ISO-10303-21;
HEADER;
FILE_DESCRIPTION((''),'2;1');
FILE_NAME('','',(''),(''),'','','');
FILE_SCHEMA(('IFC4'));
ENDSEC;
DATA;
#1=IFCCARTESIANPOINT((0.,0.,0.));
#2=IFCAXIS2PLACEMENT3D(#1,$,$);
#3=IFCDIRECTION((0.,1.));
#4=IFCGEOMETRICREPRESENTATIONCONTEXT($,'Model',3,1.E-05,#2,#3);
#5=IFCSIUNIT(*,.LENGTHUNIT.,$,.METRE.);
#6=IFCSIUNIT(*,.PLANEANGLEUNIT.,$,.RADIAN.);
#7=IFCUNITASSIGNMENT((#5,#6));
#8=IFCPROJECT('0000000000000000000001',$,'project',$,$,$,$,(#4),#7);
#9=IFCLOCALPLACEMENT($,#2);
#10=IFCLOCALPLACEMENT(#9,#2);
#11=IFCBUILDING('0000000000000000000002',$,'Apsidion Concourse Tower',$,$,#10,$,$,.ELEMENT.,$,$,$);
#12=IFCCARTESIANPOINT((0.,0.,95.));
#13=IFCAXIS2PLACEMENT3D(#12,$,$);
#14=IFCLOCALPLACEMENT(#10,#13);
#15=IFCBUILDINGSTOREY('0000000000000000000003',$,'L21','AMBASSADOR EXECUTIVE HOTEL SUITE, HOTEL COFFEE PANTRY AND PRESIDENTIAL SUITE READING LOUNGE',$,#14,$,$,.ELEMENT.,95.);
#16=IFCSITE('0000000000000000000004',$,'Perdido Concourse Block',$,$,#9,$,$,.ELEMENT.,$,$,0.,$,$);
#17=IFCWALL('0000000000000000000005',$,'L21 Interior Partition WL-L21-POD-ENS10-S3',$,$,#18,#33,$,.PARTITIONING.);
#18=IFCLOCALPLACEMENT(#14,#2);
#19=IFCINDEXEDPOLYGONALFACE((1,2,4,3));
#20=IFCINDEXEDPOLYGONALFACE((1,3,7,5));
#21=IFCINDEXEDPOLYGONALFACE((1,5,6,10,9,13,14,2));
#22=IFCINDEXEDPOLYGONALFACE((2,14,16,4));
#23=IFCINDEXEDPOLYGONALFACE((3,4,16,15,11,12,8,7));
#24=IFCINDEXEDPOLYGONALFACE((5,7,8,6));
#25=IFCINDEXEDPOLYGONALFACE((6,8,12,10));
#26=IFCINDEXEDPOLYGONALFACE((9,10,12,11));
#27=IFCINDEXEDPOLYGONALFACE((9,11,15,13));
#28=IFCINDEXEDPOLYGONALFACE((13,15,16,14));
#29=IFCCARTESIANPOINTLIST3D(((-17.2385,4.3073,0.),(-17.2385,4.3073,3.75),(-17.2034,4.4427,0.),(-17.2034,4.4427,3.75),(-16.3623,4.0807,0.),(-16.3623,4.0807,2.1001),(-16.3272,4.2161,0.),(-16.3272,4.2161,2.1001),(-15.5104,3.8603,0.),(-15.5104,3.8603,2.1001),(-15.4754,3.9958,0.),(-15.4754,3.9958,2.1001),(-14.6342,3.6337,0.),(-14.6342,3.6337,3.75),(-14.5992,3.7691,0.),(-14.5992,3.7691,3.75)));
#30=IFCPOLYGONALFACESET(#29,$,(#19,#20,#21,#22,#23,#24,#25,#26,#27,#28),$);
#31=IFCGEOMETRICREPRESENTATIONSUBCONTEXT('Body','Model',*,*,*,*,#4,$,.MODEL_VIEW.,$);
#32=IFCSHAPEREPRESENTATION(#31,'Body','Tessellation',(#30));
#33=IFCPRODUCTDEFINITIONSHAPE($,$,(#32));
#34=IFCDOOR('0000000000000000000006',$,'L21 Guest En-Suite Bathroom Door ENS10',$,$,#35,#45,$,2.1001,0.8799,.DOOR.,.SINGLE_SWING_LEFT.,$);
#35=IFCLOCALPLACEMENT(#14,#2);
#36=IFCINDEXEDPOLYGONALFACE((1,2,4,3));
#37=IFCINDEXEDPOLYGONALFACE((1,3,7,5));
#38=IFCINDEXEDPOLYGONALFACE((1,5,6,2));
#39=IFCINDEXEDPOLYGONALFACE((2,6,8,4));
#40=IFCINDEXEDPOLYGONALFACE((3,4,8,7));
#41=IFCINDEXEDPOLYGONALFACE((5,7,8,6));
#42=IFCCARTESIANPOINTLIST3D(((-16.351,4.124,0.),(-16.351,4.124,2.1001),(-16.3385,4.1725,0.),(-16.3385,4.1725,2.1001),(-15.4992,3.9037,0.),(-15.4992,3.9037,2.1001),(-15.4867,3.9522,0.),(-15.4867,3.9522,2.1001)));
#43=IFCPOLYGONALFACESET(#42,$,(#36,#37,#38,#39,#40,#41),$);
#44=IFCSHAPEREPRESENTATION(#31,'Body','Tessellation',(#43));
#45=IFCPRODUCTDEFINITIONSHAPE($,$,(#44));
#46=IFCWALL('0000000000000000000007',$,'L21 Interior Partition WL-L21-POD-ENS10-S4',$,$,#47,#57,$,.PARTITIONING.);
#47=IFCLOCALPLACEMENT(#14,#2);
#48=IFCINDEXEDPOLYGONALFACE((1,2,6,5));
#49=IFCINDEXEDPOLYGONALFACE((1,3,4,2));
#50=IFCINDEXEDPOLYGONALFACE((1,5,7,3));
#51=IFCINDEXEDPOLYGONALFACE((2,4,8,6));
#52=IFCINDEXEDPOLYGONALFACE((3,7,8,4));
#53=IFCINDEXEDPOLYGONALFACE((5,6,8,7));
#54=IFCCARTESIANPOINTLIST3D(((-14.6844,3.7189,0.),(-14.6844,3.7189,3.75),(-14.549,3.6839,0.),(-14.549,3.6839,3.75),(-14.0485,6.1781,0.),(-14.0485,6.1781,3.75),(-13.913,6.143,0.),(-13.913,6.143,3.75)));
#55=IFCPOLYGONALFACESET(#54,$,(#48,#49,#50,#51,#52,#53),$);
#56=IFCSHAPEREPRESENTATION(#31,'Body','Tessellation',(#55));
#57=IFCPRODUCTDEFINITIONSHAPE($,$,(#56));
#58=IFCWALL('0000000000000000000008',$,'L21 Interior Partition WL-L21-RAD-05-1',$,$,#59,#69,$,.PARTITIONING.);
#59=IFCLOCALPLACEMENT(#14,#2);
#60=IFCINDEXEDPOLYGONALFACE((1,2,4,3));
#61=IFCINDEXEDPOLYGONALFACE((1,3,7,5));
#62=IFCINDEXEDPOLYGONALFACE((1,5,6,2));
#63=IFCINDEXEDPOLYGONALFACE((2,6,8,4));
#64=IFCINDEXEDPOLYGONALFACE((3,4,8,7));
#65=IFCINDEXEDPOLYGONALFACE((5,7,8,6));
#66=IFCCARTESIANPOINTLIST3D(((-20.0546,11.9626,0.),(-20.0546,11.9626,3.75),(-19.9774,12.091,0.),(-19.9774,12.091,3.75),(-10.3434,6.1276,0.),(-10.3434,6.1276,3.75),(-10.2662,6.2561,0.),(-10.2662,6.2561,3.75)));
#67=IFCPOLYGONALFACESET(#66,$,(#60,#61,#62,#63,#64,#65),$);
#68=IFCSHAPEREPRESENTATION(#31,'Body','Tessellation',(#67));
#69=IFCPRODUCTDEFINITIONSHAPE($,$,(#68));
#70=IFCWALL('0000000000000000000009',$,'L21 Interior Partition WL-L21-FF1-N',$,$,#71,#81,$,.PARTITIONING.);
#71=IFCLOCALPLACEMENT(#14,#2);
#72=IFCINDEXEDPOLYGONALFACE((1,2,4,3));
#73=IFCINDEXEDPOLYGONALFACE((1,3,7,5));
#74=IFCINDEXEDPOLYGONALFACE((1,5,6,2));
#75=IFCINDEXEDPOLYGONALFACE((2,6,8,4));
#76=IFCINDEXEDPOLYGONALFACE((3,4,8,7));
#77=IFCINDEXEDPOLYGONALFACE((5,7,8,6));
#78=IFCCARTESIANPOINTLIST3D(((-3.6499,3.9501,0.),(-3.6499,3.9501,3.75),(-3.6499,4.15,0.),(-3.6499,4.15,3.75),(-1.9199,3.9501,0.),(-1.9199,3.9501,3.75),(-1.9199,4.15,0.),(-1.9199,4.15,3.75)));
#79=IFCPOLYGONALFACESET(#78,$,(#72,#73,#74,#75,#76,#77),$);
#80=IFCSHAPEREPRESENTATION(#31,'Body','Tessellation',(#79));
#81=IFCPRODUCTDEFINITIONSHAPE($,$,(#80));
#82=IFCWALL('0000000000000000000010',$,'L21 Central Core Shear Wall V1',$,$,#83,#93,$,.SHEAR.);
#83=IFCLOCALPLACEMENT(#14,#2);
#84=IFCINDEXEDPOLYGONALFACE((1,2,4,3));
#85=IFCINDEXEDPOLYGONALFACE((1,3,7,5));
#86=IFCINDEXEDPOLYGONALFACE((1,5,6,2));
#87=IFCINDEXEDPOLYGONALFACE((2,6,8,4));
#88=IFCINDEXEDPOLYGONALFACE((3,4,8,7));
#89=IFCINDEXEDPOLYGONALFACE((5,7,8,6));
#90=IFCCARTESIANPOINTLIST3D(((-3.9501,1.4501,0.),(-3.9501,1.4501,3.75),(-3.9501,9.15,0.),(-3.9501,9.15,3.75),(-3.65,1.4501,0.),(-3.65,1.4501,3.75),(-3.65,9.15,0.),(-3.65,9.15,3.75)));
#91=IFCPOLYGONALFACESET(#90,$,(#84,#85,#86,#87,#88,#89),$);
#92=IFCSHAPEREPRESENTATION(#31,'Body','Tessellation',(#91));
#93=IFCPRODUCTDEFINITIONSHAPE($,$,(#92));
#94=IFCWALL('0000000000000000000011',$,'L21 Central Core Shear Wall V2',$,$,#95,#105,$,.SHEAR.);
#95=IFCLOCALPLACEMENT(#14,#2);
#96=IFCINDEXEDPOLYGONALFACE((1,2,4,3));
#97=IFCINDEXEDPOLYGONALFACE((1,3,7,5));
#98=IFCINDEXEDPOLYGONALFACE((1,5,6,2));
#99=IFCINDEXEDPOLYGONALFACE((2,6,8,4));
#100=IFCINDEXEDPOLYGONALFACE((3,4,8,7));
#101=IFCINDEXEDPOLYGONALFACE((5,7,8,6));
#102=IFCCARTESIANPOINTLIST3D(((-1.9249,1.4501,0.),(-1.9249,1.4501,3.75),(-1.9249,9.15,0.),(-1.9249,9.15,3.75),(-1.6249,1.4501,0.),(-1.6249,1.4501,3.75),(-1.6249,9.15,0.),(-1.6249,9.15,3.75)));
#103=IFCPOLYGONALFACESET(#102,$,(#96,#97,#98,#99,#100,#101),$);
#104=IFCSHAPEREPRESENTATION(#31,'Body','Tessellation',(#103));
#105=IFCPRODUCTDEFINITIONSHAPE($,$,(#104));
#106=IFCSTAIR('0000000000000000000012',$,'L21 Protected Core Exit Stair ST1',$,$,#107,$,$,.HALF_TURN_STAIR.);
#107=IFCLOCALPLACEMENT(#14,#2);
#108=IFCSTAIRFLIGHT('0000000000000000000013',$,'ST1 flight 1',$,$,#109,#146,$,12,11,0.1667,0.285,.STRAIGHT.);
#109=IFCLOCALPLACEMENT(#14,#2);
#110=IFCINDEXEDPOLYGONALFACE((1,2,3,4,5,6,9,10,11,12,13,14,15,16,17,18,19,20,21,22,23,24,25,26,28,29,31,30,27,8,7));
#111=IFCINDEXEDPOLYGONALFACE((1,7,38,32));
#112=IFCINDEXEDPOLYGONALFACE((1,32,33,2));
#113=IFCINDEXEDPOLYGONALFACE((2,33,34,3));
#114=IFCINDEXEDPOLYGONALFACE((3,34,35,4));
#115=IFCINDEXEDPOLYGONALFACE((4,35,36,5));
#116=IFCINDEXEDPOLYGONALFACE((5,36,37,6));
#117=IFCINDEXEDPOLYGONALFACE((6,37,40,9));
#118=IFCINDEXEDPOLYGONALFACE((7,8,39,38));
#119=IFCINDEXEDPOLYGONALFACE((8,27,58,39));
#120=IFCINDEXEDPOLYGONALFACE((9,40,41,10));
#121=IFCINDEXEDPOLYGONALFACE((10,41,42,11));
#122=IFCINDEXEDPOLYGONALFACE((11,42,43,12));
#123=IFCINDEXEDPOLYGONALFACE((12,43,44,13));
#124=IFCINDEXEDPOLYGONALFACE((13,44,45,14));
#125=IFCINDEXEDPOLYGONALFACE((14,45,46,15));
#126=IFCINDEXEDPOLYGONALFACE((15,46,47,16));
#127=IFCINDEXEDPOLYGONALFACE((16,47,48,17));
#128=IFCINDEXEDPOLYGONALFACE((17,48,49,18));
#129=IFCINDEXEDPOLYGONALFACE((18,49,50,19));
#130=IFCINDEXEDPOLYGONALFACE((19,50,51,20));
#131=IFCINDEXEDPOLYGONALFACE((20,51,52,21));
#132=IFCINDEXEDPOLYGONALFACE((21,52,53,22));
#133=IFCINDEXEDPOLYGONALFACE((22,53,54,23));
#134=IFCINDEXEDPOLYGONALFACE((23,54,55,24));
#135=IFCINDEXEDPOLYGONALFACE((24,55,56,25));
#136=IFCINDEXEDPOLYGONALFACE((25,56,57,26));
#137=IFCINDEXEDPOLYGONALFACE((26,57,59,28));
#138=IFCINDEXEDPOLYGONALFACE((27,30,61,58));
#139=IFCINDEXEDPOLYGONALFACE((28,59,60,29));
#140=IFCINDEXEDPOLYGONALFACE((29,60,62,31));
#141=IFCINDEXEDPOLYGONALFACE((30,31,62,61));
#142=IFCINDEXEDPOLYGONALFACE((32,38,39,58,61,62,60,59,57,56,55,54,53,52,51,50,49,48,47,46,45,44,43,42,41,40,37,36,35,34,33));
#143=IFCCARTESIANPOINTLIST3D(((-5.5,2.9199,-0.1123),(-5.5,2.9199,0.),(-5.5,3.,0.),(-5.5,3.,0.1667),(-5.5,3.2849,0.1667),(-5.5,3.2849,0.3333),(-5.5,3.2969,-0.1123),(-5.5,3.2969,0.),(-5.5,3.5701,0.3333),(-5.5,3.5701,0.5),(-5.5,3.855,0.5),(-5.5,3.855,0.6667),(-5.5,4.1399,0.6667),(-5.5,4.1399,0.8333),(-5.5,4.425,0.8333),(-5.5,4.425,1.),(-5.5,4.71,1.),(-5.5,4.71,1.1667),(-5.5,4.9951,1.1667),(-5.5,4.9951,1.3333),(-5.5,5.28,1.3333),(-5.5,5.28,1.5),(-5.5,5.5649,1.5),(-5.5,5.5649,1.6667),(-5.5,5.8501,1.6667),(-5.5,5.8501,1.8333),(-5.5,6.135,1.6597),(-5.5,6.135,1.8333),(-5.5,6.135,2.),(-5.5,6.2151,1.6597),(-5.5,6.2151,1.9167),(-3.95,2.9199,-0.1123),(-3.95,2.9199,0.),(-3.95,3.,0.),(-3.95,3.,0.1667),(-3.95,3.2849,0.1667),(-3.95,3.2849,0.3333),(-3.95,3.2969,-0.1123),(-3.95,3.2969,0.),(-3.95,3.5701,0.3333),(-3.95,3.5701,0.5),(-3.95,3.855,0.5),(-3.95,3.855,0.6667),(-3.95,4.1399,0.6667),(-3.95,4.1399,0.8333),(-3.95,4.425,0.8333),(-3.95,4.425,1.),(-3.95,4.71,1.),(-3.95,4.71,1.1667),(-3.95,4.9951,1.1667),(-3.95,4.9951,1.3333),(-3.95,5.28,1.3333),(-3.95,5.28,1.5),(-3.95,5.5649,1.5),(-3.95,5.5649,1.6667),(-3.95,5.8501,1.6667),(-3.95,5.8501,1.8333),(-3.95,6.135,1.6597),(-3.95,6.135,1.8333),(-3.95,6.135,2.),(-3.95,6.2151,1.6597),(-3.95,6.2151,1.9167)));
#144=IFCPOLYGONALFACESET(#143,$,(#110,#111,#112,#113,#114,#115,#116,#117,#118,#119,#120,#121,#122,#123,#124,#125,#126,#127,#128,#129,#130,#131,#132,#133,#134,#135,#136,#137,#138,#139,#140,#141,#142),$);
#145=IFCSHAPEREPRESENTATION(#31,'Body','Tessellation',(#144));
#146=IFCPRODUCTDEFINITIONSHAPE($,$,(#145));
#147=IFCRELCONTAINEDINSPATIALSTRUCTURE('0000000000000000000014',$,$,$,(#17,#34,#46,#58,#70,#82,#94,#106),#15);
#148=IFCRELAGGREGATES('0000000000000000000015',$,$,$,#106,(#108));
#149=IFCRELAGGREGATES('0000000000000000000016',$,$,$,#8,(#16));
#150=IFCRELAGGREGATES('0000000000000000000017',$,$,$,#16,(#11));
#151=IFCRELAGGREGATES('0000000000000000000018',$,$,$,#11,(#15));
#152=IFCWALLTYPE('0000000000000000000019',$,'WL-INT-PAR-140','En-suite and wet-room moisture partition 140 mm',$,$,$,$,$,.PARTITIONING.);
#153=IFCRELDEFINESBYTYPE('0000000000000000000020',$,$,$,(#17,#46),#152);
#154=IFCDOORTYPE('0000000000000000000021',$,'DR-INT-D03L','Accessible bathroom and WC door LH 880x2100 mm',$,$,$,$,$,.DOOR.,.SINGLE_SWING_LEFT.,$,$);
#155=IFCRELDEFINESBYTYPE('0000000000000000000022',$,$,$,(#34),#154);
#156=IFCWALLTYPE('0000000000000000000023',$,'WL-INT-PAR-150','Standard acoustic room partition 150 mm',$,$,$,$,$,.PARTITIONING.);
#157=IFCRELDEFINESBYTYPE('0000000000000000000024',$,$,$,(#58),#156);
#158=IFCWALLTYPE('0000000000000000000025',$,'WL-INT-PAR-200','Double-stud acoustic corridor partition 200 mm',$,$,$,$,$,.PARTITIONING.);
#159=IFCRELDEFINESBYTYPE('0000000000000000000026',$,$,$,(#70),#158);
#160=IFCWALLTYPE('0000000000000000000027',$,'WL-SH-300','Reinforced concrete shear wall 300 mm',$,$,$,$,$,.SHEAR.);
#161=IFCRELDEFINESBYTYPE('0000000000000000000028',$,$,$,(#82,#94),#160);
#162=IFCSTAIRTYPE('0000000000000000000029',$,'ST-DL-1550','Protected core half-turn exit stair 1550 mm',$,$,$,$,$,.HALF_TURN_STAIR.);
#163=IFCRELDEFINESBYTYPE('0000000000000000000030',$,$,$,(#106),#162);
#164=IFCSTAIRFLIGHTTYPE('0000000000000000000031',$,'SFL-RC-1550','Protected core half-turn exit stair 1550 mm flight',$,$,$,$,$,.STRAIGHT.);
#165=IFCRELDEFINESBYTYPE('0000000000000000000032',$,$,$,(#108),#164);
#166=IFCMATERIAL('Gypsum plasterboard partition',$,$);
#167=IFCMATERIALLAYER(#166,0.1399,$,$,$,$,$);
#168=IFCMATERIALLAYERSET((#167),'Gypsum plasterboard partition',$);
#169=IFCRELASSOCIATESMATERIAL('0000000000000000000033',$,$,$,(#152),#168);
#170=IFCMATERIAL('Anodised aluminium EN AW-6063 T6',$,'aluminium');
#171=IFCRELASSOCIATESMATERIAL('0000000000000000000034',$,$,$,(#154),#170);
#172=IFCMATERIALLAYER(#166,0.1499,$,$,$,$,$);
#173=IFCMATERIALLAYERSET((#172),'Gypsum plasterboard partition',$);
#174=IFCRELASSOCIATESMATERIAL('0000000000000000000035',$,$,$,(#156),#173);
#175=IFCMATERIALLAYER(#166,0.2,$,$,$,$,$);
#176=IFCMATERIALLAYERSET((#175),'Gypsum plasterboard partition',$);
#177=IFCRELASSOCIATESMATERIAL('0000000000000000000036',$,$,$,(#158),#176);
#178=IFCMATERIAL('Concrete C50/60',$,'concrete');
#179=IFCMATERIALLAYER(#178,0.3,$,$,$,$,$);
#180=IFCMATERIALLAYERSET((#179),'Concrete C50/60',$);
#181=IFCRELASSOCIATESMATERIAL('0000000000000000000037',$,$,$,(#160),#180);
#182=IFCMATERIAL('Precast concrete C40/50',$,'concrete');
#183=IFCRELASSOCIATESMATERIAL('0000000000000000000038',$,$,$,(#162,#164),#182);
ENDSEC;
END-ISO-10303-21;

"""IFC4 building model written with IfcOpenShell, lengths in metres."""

from ifc_helpers import new_model, si_unit, direction, frame, frame_2d, origin, place, context, subcontext, project, spatial, polyline, rectangle, outline, extrude, material, layer, layer_set, type_object, element, fill, aggregate, save


model = new_model("IFC4")

# Units and contexts
model_context = context("Model", 3, precision=1e-05, world=origin(), true_north=direction((0.0, 1.0)))
body_context = subcontext(model_context, "Body", "Model", "MODEL_VIEW")
ifc_project = project(units=[si_unit("LENGTHUNIT", "METRE"), si_unit("PLANEANGLEUNIT", "RADIAN")], contexts=[model_context])

# Site, building, storey
site_placement = place(None, origin())
site = spatial("IfcSite", under=ifc_project, at=site_placement, Name="Perdido Concourse Block", CompositionType="ELEMENT", RefElevation=0.0)
building_placement = place(site_placement, origin())
building = spatial("IfcBuilding", under=site, at=building_placement, Name="Apsidion Concourse Tower", CompositionType="ELEMENT")
storey_placement = place(building_placement, frame((0.0, 0.0, 95.0)))
storey = spatial("IfcBuildingStorey", under=building, at=storey_placement, Name="L21", Description="AMBASSADOR EXECUTIVE HOTEL SUITE, HOTEL COFFEE PANTRY AND PRESIDENTIAL SUITE READING LOUNGE", CompositionType="ELEMENT", Elevation=95.0)

# Shared definitions
ifc_material_1 = material(Name="Concrete C50/60", Category="concrete")

# Shared definitions
ifc_material_2 = material(Name="Gypsum plasterboard partition")
ifc_layer_1 = layer(ifc_material_2, 0.1399)
ifc_layer_set_1 = layer_set([ifc_layer_1], Name="Gypsum plasterboard partition")
wall_type_1 = type_object("IfcWallType", Name="WL-INT-PAR-140", Description="En-suite and wet-room moisture partition 140 mm", PredefinedType="PARTITIONING", material=ifc_layer_set_1)

# Wall, opening, door
wall_1_placement = place(storey_placement, frame((-17.2209, 4.375, 0.0), z_axis=(0.0, 0.0, 1.0), x_axis=(0.96814, -0.250408, 0.0)))
wall_1 = element("IfcWall", 1, at=wall_1_placement, inside=storey, type_object=wall_type_1, Name="L21 Interior Partition WL-L21-POD-ENS10-S3", PredefinedType="PARTITIONING", context=body_context, shape_type="SweptSolid", body=[
    extrude(rectangle(XDim=2.6899, YDim=0.1399, at=frame_2d((1.345, 0.0))), origin(), (0.0, 0.0, 1.0), 3.75),
])
opening_placement = place(wall_1_placement, frame((0.905, 0.0, 0.0)))
opening = element("IfcOpeningElement", 2, at=opening_placement, cuts=wall_1, PredefinedType="OPENING", context=body_context, shape_type="SweptSolid", body=[
    extrude(rectangle(XDim=0.8799, YDim=2.1001, at=frame_2d((0.4399, 1.05))), frame((0.0, 0.0801, 0.0), z_axis=(0.0, -1.0, 0.0), x_axis=(1.0, 0.0, 0.0)), (0.0, 0.0, 1.0), 0.1599),
])
ifc_material_3 = material(Name="Anodised aluminium EN AW-6063 T6", Category="aluminium")
door_type = type_object("IfcDoorType", Name="DR-INT-D03L", Description="Accessible bathroom and WC door LH 880x2100 mm", OperationType="SINGLE_SWING_LEFT", PredefinedType="DOOR", material=ifc_material_3)
door_placement = place(opening_placement, origin())
door = element("IfcDoor", 3, at=door_placement, inside=storey, type_object=door_type, Name="L21 Guest En-Suite Bathroom Door ENS10", OperationType="SINGLE_SWING_LEFT", OverallHeight=2.1001, OverallWidth=0.8799, PredefinedType="DOOR", context=body_context, shape_type="SweptSolid", body=[
    extrude(rectangle(XDim=0.8799, YDim=2.1001, at=frame_2d((0.4399, 1.05))), frame((0.0, 0.0249, 0.0), z_axis=(0.0, -1.0, 0.0), x_axis=(1.0, 0.0, 0.0)), (0.0, 0.0, 1.0), 0.05),
])
fill(opening, door)

# Walls
wall_2_placement = place(storey_placement, frame((-14.6167, 3.7014, 0.0), z_axis=(0.0, 0.0, 1.0), x_axis=(0.250375, 0.968149, 0.0)))
element("IfcWall", 4, at=wall_2_placement, inside=storey, type_object=wall_type_1, Name="L21 Interior Partition WL-L21-POD-ENS10-S4", PredefinedType="PARTITIONING", context=body_context, shape_type="SweptSolid", body=[
    extrude(rectangle(XDim=2.54, YDim=0.1399, at=frame_2d((1.27, 0.0))), origin(), (0.0, 0.0, 1.0), 3.75),
])
ifc_layer_2 = layer(ifc_material_2, 0.1499)
ifc_layer_set_2 = layer_set([ifc_layer_2], Name="Gypsum plasterboard partition")
wall_type_2 = type_object("IfcWallType", Name="WL-INT-PAR-150", Description="Standard acoustic room partition 150 mm", PredefinedType="PARTITIONING", material=ifc_layer_set_2)
wall_3_placement = place(storey_placement, frame((-10.3049, 6.1919, 0.0), z_axis=(0.0, 0.0, 1.0), x_axis=(-0.857171, 0.515031, 0.0)))
element("IfcWall", 5, at=wall_3_placement, inside=storey, type_object=wall_type_2, Name="L21 Interior Partition WL-L21-RAD-05-1", PredefinedType="PARTITIONING", context=body_context, shape_type="SweptSolid", body=[
    extrude(rectangle(XDim=11.3293, YDim=0.1499, at=frame_2d((5.6646, 0.0))), origin(), (0.0, 0.0, 1.0), 3.75),
])
ifc_layer_3 = layer(ifc_material_2, 0.2)
ifc_layer_set_3 = layer_set([ifc_layer_3], Name="Gypsum plasterboard partition")
wall_type_3 = type_object("IfcWallType", Name="WL-INT-PAR-200", Description="Double-stud acoustic corridor partition 200 mm", PredefinedType="PARTITIONING", material=ifc_layer_set_3)
wall_4_placement = place(storey_placement, frame((-3.6499, 4.05, 0.0), z_axis=(0.0, 0.0, 1.0), x_axis=(1.0, 0.0, 0.0)))
element("IfcWall", 6, at=wall_4_placement, inside=storey, type_object=wall_type_3, Name="L21 Interior Partition WL-L21-FF1-N", PredefinedType="PARTITIONING", context=body_context, shape_type="SweptSolid", body=[
    extrude(rectangle(XDim=1.73, YDim=0.2, at=frame_2d((0.865, 0.0))), origin(), (0.0, 0.0, 1.0), 3.75),
])
ifc_layer_4 = layer(ifc_material_1, 0.3)
ifc_layer_set_4 = layer_set([ifc_layer_4], Name="Concrete C50/60")
wall_type_4 = type_object("IfcWallType", Name="WL-SH-300", Description="Reinforced concrete shear wall 300 mm", PredefinedType="SHEAR", material=ifc_layer_set_4)
for number, where, z_axis, x_axis, name in (
    (7, (-3.8, 1.45, 0.0), (0.0, 0.0, 1.0), (0.0, 1.0, 0.0), "L21 Central Core Shear Wall V1"),
    (8, (-1.7749, 1.45, 0.0), (0.0, 0.0, 1.0), (0.0, 1.0, 0.0), "L21 Central Core Shear Wall V2"),
):
    element("IfcWall", number, at=place(storey_placement, frame(where, z_axis=z_axis, x_axis=x_axis)), inside=storey, type_object=wall_type_4, Name=name, PredefinedType="SHEAR", context=body_context, shape_type="SweptSolid", body=[
        extrude(rectangle(XDim=7.7, YDim=0.3, at=frame_2d((3.8501, 0.0))), origin(), (0.0, 0.0, 1.0), 3.75),
    ])

# Stair, stair flight
ifc_material_4 = material(Name="Precast concrete C40/50", Category="concrete")
stair_type = type_object("IfcStairType", Name="ST-DL-1550", Description="Protected core half-turn exit stair 1550 mm", PredefinedType="HALF_TURN_STAIR", material=ifc_material_4)
stair_1_placement = place(storey_placement, origin())
stair_1 = element("IfcStair", 9, at=stair_1_placement, inside=storey, type_object=stair_type, Name="L21 Protected Core Exit Stair ST1", PredefinedType="HALF_TURN_STAIR")
stair_flight_type = type_object("IfcStairFlightType", Name="SFL-RC-1550", Description="Protected core half-turn exit stair 1550 mm flight", PredefinedType="STRAIGHT", material=ifc_material_4)
stair_flight_1_placement = place(storey_placement, frame((-4.7251, 3.0, 0.0), z_axis=(0.0, 0.0, 1.0), x_axis=(0.0, 1.0, 0.0)))
stair_flight_1 = element("IfcStairFlight", 10, at=stair_flight_1_placement, type_object=stair_flight_type, Name="ST1 flight 1", NumberOfRisers=12, NumberOfTreads=11, PredefinedType="STRAIGHT", RiserHeight=0.1667, TreadLength=0.285, context=body_context, shape_type="SweptSolid", body=[
    extrude(outline(polyline([(-0.0801, -0.1123), (-0.0801, 0.0), (0.0, 0.0), (0.0, 0.1667), (0.2849, 0.1667), (0.2849, 0.3333), (0.5701, 0.3333), (0.5701, 0.5), (0.855, 0.5), (0.855, 0.6667), (1.1399, 0.6667), (1.1399, 0.8333), (1.425, 0.8333), (1.425, 1.0), (1.71, 1.0), (1.71, 1.1667), (1.9951, 1.1667), (1.9951, 1.3333), (2.28, 1.3333), (2.28, 1.5), (2.5649, 1.5), (2.5649, 1.6667), (2.8501, 1.6667), (2.8501, 1.8333), (3.135, 1.8333), (3.135, 2.0), (3.2151, 1.9167), (3.2151, 1.6597), (3.135, 1.6597), (0.2969, 0.0), (0.2969, -0.1123), (-0.0801, -0.1123)])), frame((0.0, 0.7749, 0.0), z_axis=(0.0, -1.0, 0.0), x_axis=(1.0, 0.0, 0.0)), (0.0, 0.0, 1.0), 1.55),
])
aggregate(stair_1, [stair_flight_1])

save(model, "model.ifc")
